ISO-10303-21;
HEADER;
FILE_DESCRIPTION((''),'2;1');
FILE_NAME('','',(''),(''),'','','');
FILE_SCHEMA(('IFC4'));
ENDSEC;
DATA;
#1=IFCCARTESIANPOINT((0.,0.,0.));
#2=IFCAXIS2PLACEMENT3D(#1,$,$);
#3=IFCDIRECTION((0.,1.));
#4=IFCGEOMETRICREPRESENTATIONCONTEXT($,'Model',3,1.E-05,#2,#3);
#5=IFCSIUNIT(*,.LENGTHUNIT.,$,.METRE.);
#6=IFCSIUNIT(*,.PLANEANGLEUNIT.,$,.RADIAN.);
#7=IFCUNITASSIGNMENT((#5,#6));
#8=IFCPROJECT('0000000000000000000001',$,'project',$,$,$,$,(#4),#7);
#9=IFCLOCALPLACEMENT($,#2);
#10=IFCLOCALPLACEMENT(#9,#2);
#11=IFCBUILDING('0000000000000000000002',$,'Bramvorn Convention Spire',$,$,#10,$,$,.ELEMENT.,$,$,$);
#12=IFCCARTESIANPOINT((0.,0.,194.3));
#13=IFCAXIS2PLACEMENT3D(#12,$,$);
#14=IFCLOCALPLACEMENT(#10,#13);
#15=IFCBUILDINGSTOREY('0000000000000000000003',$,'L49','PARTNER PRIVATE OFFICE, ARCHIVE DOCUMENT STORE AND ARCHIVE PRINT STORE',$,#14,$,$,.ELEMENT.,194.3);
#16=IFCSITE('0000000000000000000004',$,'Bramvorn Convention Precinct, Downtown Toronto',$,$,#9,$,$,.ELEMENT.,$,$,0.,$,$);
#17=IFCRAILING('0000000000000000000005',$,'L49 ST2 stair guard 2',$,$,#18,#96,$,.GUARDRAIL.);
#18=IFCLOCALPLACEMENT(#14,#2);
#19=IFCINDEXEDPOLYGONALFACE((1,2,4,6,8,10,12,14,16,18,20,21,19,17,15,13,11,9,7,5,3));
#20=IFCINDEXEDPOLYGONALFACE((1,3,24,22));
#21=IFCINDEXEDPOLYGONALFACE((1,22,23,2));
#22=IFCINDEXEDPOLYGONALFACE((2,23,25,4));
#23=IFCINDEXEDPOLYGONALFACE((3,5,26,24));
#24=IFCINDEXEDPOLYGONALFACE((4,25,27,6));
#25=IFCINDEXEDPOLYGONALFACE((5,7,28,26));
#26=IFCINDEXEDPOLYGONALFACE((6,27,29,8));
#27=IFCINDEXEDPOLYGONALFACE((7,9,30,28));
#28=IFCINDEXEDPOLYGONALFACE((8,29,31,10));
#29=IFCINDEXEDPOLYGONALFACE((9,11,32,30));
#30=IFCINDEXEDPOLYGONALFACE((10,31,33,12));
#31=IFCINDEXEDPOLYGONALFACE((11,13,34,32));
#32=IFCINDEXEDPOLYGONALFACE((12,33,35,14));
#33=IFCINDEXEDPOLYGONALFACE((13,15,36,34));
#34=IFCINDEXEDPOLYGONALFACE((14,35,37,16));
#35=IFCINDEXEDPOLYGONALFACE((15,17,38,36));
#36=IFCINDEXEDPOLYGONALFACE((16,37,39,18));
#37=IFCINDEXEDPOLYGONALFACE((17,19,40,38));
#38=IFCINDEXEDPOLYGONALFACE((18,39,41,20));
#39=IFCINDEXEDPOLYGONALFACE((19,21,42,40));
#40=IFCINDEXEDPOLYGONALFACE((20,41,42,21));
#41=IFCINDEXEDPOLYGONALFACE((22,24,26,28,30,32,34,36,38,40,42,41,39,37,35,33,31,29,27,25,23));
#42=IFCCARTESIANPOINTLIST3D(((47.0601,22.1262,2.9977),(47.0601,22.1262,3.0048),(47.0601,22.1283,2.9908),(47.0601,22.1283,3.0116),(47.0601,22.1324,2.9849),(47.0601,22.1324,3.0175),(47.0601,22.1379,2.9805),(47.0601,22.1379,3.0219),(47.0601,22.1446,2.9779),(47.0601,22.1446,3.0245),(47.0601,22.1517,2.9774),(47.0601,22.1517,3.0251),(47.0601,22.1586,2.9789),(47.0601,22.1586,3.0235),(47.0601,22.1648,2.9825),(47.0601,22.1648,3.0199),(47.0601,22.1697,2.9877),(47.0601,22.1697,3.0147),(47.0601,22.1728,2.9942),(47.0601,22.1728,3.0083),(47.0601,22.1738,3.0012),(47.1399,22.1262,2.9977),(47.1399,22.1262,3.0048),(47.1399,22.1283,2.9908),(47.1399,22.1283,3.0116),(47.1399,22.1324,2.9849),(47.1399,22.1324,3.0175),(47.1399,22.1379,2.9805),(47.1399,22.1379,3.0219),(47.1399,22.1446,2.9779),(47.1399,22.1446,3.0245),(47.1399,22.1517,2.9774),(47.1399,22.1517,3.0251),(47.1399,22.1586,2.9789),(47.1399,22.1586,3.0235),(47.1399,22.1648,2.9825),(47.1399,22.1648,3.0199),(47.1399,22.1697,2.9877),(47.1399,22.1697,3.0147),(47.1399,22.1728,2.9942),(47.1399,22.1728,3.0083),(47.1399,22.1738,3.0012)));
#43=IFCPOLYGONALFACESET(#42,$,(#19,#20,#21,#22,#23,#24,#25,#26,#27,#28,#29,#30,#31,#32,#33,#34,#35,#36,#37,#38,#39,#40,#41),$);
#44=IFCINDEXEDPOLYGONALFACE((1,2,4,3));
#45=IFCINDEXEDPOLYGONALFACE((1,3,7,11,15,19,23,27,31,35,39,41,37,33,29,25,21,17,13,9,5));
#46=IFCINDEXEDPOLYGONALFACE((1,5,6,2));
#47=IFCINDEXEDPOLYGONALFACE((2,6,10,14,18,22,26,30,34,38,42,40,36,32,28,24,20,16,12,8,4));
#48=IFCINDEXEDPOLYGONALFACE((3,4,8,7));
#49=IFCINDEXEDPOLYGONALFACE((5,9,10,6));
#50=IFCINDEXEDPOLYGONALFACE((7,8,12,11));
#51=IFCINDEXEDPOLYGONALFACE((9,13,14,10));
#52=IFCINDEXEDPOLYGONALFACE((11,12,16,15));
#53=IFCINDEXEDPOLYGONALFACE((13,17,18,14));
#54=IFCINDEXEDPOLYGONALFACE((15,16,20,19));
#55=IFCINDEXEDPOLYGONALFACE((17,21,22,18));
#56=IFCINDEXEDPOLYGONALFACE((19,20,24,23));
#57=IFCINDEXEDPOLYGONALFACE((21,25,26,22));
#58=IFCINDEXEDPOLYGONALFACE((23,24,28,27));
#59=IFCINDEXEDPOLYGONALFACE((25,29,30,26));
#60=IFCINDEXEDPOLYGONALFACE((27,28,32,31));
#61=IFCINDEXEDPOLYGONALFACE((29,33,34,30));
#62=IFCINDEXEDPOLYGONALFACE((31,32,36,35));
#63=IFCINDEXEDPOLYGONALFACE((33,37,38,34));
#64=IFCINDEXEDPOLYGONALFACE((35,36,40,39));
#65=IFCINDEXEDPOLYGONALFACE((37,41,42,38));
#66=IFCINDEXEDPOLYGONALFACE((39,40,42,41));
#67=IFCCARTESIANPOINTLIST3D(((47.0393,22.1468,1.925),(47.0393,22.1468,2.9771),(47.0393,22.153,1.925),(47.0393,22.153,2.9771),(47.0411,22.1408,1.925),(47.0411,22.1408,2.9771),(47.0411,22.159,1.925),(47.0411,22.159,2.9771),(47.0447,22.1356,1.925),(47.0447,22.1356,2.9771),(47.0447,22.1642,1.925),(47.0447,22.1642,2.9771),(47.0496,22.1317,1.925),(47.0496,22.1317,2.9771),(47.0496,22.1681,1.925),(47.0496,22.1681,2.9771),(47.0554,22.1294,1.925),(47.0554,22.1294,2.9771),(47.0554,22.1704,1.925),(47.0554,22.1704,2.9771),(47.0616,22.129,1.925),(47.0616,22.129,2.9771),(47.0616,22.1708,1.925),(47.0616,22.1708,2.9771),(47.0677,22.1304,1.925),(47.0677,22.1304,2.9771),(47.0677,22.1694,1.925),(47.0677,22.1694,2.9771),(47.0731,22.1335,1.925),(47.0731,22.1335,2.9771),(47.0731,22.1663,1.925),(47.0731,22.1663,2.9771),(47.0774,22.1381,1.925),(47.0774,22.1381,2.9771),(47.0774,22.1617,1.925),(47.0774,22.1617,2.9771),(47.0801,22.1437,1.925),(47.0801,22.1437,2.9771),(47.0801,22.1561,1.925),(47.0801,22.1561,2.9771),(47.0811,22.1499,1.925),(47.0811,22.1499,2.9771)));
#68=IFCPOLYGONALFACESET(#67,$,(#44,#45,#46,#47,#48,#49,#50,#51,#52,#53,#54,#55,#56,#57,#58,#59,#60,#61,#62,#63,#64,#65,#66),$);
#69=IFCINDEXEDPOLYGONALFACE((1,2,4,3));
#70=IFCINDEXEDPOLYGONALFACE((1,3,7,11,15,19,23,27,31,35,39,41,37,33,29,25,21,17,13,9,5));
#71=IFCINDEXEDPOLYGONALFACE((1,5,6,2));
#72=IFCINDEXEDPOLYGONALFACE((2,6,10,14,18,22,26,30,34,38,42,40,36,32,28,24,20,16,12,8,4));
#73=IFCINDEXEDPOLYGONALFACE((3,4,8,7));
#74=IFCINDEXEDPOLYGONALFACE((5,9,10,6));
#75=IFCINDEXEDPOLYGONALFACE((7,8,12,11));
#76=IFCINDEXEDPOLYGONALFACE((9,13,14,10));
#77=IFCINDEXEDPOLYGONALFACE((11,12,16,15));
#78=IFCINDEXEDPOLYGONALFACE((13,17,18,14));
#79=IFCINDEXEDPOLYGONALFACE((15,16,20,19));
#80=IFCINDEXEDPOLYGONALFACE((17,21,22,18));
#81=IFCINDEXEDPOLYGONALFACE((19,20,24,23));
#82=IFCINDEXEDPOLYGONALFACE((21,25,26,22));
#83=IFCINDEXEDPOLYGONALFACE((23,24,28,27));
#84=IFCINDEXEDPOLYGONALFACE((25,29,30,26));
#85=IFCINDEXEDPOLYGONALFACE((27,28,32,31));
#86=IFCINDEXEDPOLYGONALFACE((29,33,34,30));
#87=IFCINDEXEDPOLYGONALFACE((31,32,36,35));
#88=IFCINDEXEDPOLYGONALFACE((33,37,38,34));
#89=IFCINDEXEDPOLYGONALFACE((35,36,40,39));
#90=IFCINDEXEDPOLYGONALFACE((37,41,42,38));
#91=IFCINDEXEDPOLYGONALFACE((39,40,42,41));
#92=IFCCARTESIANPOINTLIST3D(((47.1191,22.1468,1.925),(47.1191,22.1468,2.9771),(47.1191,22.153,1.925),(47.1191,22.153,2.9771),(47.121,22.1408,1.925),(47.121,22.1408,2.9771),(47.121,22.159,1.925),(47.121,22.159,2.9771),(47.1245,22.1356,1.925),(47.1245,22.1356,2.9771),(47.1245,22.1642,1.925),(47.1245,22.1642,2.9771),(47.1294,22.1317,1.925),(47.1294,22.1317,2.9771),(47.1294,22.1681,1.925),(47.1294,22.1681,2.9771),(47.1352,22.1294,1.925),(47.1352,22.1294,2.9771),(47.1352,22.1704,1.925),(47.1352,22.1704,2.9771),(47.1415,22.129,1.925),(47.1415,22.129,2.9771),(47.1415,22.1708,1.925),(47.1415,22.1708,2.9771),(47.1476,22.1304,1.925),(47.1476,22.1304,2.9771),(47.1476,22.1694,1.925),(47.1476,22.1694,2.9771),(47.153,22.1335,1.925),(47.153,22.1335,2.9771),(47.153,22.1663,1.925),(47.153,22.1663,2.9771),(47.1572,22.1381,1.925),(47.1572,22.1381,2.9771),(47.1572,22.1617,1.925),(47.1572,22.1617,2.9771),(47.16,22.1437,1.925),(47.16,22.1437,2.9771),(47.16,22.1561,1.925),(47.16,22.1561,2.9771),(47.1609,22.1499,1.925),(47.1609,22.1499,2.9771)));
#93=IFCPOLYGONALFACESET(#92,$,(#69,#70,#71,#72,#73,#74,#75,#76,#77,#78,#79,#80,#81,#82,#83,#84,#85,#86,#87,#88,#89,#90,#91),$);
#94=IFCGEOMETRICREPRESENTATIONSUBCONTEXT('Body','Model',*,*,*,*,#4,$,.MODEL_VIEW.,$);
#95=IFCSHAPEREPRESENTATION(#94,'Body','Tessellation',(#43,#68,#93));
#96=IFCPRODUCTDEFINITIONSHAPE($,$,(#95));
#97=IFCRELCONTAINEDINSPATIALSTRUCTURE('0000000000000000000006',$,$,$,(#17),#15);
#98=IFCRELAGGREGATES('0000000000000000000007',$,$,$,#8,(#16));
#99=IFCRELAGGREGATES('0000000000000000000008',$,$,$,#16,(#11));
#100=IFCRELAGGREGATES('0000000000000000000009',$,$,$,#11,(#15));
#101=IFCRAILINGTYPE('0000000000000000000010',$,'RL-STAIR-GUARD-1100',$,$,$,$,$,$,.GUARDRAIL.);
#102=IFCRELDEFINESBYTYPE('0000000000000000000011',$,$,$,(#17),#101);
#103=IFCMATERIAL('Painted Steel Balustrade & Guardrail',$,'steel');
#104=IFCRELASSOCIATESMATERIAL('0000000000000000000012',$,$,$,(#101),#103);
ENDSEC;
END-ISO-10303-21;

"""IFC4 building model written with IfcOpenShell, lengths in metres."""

from ifc_helpers import new_model, si_unit, direction, frame, origin, origin_2d, place, context, subcontext, project, spatial, circle, extrude, material, type_object, element, save


model = new_model("IFC4")

# Units and contexts
model_context = context("Model", 3, precision=1e-05, world=origin(), true_north=direction((0.0, 1.0)))
body_context = subcontext(model_context, "Body", "Model", "MODEL_VIEW")
ifc_project = project(units=[si_unit("LENGTHUNIT", "METRE"), si_unit("PLANEANGLEUNIT", "RADIAN")], contexts=[model_context])

# Site, building, storey
site_placement = place(None, origin())
site = spatial("IfcSite", under=ifc_project, at=site_placement, Name="Bramvorn Convention Precinct, Downtown Toronto", CompositionType="ELEMENT", RefElevation=0.0)
building_placement = place(site_placement, origin())
building = spatial("IfcBuilding", under=site, at=building_placement, Name="Bramvorn Convention Spire", CompositionType="ELEMENT")
storey_placement = place(building_placement, frame((0.0, 0.0, 194.3)))
storey = spatial("IfcBuildingStorey", under=building, at=storey_placement, Name="L49", Description="PARTNER PRIVATE OFFICE, ARCHIVE DOCUMENT STORE AND ARCHIVE PRINT STORE", CompositionType="ELEMENT", Elevation=194.3)

# Railing
ifc_material_1 = material(Name="Painted Steel Balustrade & Guardrail", Category="steel")
railing_type_1 = type_object("IfcRailingType", Name="RL-STAIR-GUARD-1100", PredefinedType="GUARDRAIL", material=ifc_material_1)
railing_1_placement = place(storey_placement, frame((47.0601, 22.1499, 1.925)))
element("IfcRailing", 1, at=railing_1_placement, inside=storey, type_object=railing_type_1, Name="L49 ST2 stair guard 2", PredefinedType="GUARDRAIL", context=body_context, shape_type="SweptSolid", body=[
    extrude(circle(Radius=0.0239, at=origin_2d()), frame((0.0, 0.0, 1.0762), z_axis=(1.0, 0.0, 0.0), x_axis=(0.0, 1.0, 0.0)), (0.0, 0.0, 1.0), 0.0798),
    extrude(circle(Radius=0.021, at=origin_2d()), origin(), (0.0, 0.0, 1.0), 1.052),
    extrude(circle(Radius=0.021, at=origin_2d()), frame((0.0798, 0.0, 0.0)), (0.0, 0.0, 1.0), 1.052),
])

save(model, "model.ifc")
